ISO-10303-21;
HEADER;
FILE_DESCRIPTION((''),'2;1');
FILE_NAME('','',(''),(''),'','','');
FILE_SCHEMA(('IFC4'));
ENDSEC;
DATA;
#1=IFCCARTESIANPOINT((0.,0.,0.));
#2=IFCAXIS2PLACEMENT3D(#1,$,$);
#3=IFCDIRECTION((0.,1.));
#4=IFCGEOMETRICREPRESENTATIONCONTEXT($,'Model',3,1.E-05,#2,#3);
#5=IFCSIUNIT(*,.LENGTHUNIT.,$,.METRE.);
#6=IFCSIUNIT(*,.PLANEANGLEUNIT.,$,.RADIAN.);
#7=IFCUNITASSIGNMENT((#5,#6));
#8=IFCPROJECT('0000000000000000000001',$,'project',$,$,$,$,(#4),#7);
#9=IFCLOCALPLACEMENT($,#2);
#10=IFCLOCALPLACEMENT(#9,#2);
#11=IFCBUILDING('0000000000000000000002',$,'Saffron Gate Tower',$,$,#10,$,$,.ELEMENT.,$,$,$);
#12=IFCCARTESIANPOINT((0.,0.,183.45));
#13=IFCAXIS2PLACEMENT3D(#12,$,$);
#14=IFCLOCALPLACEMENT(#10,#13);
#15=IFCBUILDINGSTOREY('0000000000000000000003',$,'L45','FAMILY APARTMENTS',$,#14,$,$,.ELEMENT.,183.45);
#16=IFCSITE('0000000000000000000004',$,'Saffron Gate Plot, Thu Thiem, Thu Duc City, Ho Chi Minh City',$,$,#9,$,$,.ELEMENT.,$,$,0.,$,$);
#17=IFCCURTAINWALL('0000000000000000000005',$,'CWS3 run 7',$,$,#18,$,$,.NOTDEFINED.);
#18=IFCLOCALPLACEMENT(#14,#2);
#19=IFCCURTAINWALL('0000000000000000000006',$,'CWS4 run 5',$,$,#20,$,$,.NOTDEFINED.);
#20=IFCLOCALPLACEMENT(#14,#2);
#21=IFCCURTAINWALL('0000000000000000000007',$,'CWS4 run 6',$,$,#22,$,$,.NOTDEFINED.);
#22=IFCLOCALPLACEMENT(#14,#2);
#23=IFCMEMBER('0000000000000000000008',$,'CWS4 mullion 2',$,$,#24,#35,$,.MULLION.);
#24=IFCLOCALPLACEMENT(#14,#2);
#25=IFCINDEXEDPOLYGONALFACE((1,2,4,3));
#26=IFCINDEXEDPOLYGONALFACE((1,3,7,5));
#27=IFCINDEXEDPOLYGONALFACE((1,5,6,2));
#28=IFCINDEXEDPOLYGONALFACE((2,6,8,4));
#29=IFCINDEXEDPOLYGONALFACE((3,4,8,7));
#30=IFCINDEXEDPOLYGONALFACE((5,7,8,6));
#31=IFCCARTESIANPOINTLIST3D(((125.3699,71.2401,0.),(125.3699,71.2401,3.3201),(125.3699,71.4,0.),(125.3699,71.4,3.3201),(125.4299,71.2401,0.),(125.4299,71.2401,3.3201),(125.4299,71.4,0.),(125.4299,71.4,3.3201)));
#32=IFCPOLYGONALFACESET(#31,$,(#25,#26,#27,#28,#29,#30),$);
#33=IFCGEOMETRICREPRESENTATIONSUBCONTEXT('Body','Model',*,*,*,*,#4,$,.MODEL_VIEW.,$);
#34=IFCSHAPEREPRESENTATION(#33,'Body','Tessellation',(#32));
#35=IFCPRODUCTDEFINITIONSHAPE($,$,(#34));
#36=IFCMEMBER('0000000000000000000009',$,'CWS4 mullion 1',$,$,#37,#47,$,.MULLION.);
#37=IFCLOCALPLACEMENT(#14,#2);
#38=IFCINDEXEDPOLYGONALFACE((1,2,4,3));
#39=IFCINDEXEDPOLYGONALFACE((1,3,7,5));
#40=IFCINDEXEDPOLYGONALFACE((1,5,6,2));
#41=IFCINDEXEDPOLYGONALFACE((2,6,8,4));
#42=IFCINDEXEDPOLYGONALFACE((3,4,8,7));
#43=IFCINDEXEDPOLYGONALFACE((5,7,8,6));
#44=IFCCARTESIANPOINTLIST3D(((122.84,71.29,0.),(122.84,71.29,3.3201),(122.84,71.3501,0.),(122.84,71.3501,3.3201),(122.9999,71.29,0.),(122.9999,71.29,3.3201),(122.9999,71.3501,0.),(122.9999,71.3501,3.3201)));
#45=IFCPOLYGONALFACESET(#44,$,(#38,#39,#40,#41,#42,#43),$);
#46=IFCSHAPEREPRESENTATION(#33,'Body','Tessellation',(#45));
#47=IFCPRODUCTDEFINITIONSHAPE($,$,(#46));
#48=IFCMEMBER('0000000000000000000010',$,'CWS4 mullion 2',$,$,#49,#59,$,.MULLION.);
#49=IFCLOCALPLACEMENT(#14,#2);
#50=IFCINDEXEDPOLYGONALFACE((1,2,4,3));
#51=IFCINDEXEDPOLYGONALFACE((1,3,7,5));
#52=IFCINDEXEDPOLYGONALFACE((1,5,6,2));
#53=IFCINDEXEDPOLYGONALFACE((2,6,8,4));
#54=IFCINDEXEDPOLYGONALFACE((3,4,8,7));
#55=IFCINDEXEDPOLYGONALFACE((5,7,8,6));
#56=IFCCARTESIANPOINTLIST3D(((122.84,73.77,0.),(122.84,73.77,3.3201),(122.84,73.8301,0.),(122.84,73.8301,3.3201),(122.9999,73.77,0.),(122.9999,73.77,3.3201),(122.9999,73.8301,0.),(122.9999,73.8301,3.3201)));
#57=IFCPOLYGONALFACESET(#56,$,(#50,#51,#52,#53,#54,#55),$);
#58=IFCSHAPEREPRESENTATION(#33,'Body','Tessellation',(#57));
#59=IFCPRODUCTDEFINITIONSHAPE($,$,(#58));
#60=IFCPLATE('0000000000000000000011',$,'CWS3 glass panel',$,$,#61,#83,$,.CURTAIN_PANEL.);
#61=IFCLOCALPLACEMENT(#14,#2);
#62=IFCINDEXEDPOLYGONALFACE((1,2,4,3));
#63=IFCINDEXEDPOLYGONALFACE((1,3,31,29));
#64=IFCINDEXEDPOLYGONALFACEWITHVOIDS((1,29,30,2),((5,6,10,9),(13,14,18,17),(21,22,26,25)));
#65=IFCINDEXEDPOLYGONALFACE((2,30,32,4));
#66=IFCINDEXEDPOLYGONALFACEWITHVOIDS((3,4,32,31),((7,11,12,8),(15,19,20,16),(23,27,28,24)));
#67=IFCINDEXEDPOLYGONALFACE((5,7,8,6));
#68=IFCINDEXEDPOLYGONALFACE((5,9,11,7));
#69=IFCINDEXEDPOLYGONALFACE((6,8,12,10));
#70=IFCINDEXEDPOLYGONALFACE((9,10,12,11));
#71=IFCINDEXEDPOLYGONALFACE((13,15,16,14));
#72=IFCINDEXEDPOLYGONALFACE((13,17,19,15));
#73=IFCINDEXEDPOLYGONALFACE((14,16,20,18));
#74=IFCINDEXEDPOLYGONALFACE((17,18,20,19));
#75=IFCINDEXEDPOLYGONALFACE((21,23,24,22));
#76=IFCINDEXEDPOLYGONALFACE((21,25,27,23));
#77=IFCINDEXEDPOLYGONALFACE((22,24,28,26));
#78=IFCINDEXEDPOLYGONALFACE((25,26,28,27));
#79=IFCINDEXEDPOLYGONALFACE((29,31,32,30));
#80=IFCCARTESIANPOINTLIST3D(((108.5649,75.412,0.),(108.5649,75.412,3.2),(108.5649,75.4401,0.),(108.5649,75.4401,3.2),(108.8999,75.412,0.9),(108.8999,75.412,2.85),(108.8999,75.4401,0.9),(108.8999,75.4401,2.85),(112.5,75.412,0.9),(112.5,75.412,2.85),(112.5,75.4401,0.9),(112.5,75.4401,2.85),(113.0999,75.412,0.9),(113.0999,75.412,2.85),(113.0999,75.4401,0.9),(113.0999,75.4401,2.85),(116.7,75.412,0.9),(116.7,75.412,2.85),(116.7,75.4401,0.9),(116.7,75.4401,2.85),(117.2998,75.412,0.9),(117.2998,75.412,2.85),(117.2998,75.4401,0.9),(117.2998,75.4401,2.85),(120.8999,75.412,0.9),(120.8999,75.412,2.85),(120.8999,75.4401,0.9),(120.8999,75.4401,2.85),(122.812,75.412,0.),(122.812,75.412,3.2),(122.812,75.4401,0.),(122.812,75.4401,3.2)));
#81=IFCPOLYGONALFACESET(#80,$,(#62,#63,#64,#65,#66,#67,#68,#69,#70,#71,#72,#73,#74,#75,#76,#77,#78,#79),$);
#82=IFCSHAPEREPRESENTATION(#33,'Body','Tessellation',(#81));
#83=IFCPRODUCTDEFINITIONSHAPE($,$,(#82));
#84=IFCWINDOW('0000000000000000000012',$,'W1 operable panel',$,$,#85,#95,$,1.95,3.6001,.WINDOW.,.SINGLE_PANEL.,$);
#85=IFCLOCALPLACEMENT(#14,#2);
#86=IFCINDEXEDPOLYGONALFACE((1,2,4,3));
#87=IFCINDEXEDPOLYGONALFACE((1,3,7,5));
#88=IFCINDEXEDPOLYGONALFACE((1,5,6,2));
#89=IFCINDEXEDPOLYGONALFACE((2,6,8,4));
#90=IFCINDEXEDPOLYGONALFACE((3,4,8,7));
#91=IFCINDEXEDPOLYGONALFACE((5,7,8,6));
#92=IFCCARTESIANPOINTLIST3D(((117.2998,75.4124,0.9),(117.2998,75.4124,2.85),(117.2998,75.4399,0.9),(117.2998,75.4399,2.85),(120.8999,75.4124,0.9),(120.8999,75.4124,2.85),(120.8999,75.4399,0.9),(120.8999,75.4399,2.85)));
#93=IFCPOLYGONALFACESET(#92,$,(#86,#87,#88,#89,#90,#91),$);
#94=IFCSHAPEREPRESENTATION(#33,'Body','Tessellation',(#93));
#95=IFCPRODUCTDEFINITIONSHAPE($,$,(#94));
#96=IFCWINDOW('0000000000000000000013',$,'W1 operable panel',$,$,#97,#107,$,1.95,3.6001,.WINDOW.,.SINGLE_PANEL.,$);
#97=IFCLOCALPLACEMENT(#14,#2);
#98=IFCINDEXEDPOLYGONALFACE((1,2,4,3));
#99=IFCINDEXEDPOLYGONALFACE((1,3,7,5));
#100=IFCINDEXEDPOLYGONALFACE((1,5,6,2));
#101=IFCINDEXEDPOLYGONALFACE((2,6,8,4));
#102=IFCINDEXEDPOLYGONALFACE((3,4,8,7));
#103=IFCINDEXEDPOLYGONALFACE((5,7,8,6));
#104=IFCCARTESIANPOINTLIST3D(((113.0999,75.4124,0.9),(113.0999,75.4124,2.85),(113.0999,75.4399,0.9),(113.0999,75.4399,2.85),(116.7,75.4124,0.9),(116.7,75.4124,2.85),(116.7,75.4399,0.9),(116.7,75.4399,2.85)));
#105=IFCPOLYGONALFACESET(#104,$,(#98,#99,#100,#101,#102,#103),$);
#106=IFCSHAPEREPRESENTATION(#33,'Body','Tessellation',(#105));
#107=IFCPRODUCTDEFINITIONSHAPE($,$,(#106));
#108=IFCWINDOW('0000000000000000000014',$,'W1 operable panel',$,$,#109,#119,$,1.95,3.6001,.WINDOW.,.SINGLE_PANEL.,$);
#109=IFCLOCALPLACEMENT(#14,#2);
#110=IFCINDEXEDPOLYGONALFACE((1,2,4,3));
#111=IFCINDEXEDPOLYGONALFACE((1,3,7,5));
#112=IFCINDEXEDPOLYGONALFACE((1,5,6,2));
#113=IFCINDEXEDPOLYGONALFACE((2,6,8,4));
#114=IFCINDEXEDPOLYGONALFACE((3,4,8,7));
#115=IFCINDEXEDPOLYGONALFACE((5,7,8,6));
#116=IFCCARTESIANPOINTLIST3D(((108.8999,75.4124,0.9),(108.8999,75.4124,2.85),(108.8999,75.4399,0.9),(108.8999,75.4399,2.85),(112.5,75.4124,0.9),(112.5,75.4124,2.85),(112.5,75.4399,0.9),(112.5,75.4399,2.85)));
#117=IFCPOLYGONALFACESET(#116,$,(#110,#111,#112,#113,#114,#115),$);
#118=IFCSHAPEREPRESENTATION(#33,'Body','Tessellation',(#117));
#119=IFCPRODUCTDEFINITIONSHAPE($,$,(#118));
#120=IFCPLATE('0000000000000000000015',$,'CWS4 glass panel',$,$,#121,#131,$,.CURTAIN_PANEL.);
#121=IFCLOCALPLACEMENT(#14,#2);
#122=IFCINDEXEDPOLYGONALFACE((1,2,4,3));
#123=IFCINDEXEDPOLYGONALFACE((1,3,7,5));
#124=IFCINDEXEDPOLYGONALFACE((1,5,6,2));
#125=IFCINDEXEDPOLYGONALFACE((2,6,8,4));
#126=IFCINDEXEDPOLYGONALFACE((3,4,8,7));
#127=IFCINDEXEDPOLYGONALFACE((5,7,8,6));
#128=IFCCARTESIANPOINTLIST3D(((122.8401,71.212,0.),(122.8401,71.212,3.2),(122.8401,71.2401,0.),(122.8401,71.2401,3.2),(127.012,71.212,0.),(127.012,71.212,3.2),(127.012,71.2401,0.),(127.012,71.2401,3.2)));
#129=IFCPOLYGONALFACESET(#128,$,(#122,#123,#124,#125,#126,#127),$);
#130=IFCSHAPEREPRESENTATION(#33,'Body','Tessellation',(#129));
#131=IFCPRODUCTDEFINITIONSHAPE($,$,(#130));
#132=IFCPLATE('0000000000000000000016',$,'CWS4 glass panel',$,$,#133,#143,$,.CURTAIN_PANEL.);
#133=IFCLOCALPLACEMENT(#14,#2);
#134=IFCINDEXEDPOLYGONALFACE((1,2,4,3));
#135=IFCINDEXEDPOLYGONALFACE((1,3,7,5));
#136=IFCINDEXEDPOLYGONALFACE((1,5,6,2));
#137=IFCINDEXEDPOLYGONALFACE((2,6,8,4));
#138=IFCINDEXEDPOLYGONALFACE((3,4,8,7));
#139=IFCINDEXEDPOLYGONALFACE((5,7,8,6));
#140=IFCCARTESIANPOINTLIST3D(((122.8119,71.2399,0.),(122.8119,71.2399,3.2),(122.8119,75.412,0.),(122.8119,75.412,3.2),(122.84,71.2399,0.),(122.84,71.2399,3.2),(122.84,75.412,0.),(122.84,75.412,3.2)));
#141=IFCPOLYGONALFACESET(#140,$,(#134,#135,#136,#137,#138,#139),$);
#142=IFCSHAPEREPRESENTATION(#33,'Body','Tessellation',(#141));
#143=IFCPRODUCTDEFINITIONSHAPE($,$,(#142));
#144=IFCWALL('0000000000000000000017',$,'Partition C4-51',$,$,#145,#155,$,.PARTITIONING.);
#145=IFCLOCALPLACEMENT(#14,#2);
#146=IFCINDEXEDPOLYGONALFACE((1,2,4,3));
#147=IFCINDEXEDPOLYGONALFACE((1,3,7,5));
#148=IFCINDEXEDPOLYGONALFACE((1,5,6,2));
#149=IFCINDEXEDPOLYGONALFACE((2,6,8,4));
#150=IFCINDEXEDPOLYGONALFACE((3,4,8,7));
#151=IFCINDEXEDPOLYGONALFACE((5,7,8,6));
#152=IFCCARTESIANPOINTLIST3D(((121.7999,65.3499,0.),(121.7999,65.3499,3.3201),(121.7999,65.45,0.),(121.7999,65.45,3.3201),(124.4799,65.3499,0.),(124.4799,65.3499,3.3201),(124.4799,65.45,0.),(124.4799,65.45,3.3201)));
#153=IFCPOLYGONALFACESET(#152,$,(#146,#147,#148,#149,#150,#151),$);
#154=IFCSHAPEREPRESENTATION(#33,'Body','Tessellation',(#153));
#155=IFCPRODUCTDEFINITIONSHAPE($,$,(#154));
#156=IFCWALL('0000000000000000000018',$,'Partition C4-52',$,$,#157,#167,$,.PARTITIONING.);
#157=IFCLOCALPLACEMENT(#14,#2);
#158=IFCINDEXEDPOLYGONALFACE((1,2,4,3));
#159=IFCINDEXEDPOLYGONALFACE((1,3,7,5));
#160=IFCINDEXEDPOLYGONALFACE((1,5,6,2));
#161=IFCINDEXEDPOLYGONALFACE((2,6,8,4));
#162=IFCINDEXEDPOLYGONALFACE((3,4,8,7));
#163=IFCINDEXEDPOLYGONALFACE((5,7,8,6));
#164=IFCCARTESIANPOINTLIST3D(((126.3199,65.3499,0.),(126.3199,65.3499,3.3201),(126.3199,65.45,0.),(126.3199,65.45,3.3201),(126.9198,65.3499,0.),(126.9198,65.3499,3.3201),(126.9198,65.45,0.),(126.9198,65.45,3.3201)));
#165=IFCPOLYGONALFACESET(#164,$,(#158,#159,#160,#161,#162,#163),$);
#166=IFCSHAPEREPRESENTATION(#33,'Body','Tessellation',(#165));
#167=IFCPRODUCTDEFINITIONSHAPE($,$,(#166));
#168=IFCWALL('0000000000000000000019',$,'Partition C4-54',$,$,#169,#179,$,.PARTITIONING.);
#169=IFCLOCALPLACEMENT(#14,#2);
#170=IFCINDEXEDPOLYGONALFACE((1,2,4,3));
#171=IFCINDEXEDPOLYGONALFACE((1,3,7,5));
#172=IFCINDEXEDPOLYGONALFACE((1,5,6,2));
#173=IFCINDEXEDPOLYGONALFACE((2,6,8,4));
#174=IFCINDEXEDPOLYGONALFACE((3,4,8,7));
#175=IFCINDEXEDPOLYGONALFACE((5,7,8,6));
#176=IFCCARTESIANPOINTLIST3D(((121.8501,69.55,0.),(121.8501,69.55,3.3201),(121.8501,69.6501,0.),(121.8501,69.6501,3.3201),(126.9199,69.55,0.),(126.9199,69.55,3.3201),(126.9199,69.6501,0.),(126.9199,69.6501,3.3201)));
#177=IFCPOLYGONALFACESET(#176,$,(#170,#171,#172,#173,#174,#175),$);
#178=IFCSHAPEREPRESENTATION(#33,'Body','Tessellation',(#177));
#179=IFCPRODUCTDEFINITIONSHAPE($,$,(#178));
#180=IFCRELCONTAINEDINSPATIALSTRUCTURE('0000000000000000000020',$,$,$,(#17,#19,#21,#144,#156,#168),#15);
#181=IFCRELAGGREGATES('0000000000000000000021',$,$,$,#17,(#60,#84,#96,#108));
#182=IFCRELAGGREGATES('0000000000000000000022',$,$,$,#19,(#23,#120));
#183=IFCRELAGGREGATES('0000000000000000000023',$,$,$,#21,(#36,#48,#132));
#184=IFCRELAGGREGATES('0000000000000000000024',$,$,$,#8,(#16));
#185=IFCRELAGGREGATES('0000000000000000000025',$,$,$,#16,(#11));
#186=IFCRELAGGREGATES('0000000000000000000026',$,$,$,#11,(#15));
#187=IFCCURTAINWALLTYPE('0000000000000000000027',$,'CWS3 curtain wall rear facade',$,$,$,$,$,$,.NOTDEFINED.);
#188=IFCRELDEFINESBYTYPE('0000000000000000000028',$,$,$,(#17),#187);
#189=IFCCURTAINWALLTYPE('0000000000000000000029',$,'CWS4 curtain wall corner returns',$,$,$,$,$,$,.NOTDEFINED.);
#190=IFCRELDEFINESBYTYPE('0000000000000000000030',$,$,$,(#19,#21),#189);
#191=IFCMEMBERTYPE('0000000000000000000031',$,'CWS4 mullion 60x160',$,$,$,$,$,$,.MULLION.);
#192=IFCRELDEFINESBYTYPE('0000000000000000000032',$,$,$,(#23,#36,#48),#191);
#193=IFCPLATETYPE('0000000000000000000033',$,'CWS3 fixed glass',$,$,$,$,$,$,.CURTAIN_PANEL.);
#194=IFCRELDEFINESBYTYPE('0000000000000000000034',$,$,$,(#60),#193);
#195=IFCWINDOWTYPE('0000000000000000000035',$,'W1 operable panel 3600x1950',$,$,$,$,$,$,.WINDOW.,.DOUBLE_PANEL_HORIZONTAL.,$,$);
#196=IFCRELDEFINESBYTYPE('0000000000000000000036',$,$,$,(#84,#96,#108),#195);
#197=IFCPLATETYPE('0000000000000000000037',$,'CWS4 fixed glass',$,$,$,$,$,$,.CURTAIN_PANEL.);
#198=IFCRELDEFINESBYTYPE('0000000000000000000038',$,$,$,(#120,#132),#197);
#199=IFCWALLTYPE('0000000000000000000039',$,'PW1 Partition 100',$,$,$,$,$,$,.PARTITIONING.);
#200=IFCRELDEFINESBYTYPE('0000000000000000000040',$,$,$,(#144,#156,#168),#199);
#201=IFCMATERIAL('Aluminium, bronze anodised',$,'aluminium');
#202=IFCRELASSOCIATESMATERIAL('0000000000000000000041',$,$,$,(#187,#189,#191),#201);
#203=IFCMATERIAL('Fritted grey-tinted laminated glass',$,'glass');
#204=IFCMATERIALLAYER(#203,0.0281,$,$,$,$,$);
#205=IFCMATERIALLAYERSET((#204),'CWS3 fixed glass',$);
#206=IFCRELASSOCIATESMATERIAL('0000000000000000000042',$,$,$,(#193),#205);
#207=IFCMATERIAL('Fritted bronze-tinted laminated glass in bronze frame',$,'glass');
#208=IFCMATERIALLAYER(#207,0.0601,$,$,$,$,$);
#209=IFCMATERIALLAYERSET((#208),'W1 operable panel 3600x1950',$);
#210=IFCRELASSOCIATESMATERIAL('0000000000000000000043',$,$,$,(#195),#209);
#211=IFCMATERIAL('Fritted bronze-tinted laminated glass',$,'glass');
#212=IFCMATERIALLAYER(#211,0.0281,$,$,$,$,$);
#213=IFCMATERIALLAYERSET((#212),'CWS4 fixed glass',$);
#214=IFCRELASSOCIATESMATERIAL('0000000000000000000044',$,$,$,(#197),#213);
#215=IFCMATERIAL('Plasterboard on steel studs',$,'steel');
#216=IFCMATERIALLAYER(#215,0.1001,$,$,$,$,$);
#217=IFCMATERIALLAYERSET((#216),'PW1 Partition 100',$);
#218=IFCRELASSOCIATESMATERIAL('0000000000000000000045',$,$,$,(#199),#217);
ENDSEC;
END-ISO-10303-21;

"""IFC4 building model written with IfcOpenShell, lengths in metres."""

from ifc_helpers import new_model, si_unit, direction, frame, frame_2d, origin, origin_2d, place, context, subcontext, project, spatial, rectangle, extrude, material, layer, layer_set, material_profile, profile_set, type_object, element, fill, aggregate, save


model = new_model("IFC4")

# Units and contexts
model_context = context("Model", 3, precision=1e-05, world=origin(), true_north=direction((0.0, 1.0)))
body_context = subcontext(model_context, "Body", "Model", "MODEL_VIEW")
ifc_project = project(units=[si_unit("LENGTHUNIT", "METRE"), si_unit("PLANEANGLEUNIT", "RADIAN")], contexts=[model_context])

# Site, building, storey
site_placement = place(None, origin())
site = spatial("IfcSite", under=ifc_project, at=site_placement, Name="Saffron Gate Plot, Thu Thiem, Thu Duc City, Ho Chi Minh City", CompositionType="ELEMENT", RefElevation=0.0)
building_placement = place(site_placement, origin())
building = spatial("IfcBuilding", under=site, at=building_placement, Name="Saffron Gate Tower", CompositionType="ELEMENT")
storey_placement = place(building_placement, frame((0.0, 0.0, 183.45)))
storey = spatial("IfcBuildingStorey", under=building, at=storey_placement, Name="L45", Description="FAMILY APARTMENTS", CompositionType="ELEMENT", Elevation=183.45)

# Shared definitions
ifc_material_1 = material(Name="Aluminium, bronze anodised", Category="aluminium")

# Curtain wall
curtain_wall_type_1 = type_object("IfcCurtainWallType", Name="CWS3 curtain wall rear facade", PredefinedType="NOTDEFINED", material=ifc_material_1)
curtain_wall_1_placement = place(storey_placement, origin())
curtain_wall_1 = element("IfcCurtainWall", 1, at=curtain_wall_1_placement, inside=storey, type_object=curtain_wall_type_1, Name="CWS3 run 7", PredefinedType="NOTDEFINED")

# Curtain walls
curtain_wall_type_2 = type_object("IfcCurtainWallType", Name="CWS4 curtain wall corner returns", PredefinedType="NOTDEFINED", material=ifc_material_1)
curtain_wall_2_placement = place(storey_placement, origin())
curtain_wall_2 = element("IfcCurtainWall", 2, at=curtain_wall_2_placement, inside=storey, type_object=curtain_wall_type_2, Name="CWS4 run 5", PredefinedType="NOTDEFINED")
curtain_wall_3_placement = place(storey_placement, origin())
curtain_wall_3 = element("IfcCurtainWall", 3, at=curtain_wall_3_placement, inside=storey, type_object=curtain_wall_type_2, Name="CWS4 run 6", PredefinedType="NOTDEFINED")

# Members
ifc_material_profile_1 = material_profile(ifc_material_1, rectangle(XDim=0.1599, YDim=0.0601, at=origin_2d()))
ifc_profile_set_1 = profile_set([ifc_material_profile_1], Name="Aluminium, bronze anodised")
member_type_1 = type_object("IfcMemberType", Name="CWS4 mullion 60x160", PredefinedType="MULLION", material=ifc_profile_set_1)
member_1_placement = place(storey_placement, frame((125.3999, 71.3201, 0.0), z_axis=(0.0, 0.0, 1.0), x_axis=(0.0, -1.0, 0.0)))
member_1 = element("IfcMember", 4, at=member_1_placement, type_object=member_type_1, Name="CWS4 mullion 2", PredefinedType="MULLION", context=body_context, shape_type="SweptSolid", body=[
    extrude(rectangle(XDim=0.1599, YDim=0.0601, at=origin_2d()), origin(), (0.0, 0.0, 1.0), 3.3201),
])
member_2_placement = place(storey_placement, frame((122.9199, 71.3201, 0.0), z_axis=(0.0, 0.0, 1.0), x_axis=(-1.0, 0.0, 0.0)))
member_2 = element("IfcMember", 5, at=member_2_placement, type_object=member_type_1, Name="CWS4 mullion 1", PredefinedType="MULLION", context=body_context, shape_type="SweptSolid", body=[
    extrude(rectangle(XDim=0.1599, YDim=0.0601, at=origin_2d()), origin(), (0.0, 0.0, 1.0), 3.3201),
])
member_3_placement = place(storey_placement, frame((122.9199, 73.8, 0.0), z_axis=(0.0, 0.0, 1.0), x_axis=(-1.0, 0.0, 0.0)))
member_3 = element("IfcMember", 6, at=member_3_placement, type_object=member_type_1, Name="CWS4 mullion 2", PredefinedType="MULLION", context=body_context, shape_type="SweptSolid", body=[
    extrude(rectangle(XDim=0.1599, YDim=0.0601, at=origin_2d()), origin(), (0.0, 0.0, 1.0), 3.3201),
])

# Plate, openings, windows
ifc_material_2 = material(Name="Fritted grey-tinted laminated glass", Category="glass")
ifc_layer_1 = layer(ifc_material_2, 0.0281)
ifc_layer_set_1 = layer_set([ifc_layer_1], Name="CWS3 fixed glass")
plate_type_1 = type_object("IfcPlateType", Name="CWS3 fixed glass", PredefinedType="CURTAIN_PANEL", material=ifc_layer_set_1)
plate_1_placement = place(storey_placement, frame((122.812, 75.426, 0.0), z_axis=(0.0, 0.0, 1.0), x_axis=(-1.0, 0.0, 0.0)))
plate_1 = element("IfcPlate", 7, at=plate_1_placement, type_object=plate_type_1, Name="CWS3 glass panel", PredefinedType="CURTAIN_PANEL", context=body_context, shape_type="SweptSolid", body=[
    extrude(rectangle(XDim=14.2471, YDim=0.0281, at=frame_2d((7.1235, 0.0))), origin(), (0.0, 0.0, 1.0), 3.2),
])
opening_1_placement = place(plate_1_placement, frame((1.9121, 0.0, 0.8999)))
opening_1 = element("IfcOpeningElement", 8, at=opening_1_placement, cuts=plate_1, PredefinedType="OPENING", context=body_context, shape_type="SweptSolid", body=[
    extrude(rectangle(XDim=3.6001, YDim=1.95, at=frame_2d((1.8, 0.9751))), frame((0.0, 0.0239, 0.0), z_axis=(0.0, -1.0, 0.0), x_axis=(1.0, 0.0, 0.0)), (0.0, 0.0, 1.0), 0.0481),
])
opening_2_placement = place(plate_1_placement, frame((6.1121, 0.0, 0.8999)))
opening_2 = element("IfcOpeningElement", 9, at=opening_2_placement, cuts=plate_1, PredefinedType="OPENING", context=body_context, shape_type="SweptSolid", body=[
    extrude(rectangle(XDim=3.6001, YDim=1.95, at=frame_2d((1.8, 0.9751))), frame((0.0, 0.0239, 0.0), z_axis=(0.0, -1.0, 0.0), x_axis=(1.0, 0.0, 0.0)), (0.0, 0.0, 1.0), 0.0481),
])
opening_3_placement = place(plate_1_placement, frame((10.312, 0.0, 0.8999)))
opening_3 = element("IfcOpeningElement", 10, at=opening_3_placement, cuts=plate_1, PredefinedType="OPENING", context=body_context, shape_type="SweptSolid", body=[
    extrude(rectangle(XDim=3.6001, YDim=1.95, at=frame_2d((1.8, 0.9751))), frame((0.0, 0.0239, 0.0), z_axis=(0.0, -1.0, 0.0), x_axis=(1.0, 0.0, 0.0)), (0.0, 0.0, 1.0), 0.0481),
])
ifc_material_3 = material(Name="Fritted bronze-tinted laminated glass in bronze frame", Category="glass")
ifc_layer_2 = layer(ifc_material_3, 0.0601)
ifc_layer_set_2 = layer_set([ifc_layer_2], Name="W1 operable panel 3600x1950")
window_type = type_object("IfcWindowType", Name="W1 operable panel 3600x1950", PartitioningType="DOUBLE_PANEL_HORIZONTAL", PredefinedType="WINDOW", material=ifc_layer_set_2)
window_1_placement = place(opening_1_placement, origin())
window_1 = element("IfcWindow", 11, at=window_1_placement, type_object=window_type, Name="W1 operable panel", OverallHeight=1.95, OverallWidth=3.6001, PartitioningType="SINGLE_PANEL", PredefinedType="WINDOW", context=body_context, shape_type="SweptSolid", body=[
    extrude(rectangle(XDim=3.6001, YDim=1.95, at=frame_2d((1.8, 0.9751))), frame((0.0, 0.0137, 0.0), z_axis=(0.0, -1.0, 0.0), x_axis=(1.0, 0.0, 0.0)), (0.0, 0.0, 1.0), 0.0276),
])
fill(opening_1, window_1)
window_2_placement = place(opening_2_placement, origin())
window_2 = element("IfcWindow", 12, at=window_2_placement, type_object=window_type, Name="W1 operable panel", OverallHeight=1.95, OverallWidth=3.6001, PartitioningType="SINGLE_PANEL", PredefinedType="WINDOW", context=body_context, shape_type="SweptSolid", body=[
    extrude(rectangle(XDim=3.6001, YDim=1.95, at=frame_2d((1.8, 0.9751))), frame((0.0, 0.0137, 0.0), z_axis=(0.0, -1.0, 0.0), x_axis=(1.0, 0.0, 0.0)), (0.0, 0.0, 1.0), 0.0276),
])
fill(opening_2, window_2)
window_3_placement = place(opening_3_placement, origin())
window_3 = element("IfcWindow", 13, at=window_3_placement, type_object=window_type, Name="W1 operable panel", OverallHeight=1.95, OverallWidth=3.6001, PartitioningType="SINGLE_PANEL", PredefinedType="WINDOW", context=body_context, shape_type="SweptSolid", body=[
    extrude(rectangle(XDim=3.6001, YDim=1.95, at=frame_2d((1.8, 0.9751))), frame((0.0, 0.0137, 0.0), z_axis=(0.0, -1.0, 0.0), x_axis=(1.0, 0.0, 0.0)), (0.0, 0.0, 1.0), 0.0276),
])
fill(opening_3, window_3)
aggregate(curtain_wall_1, [plate_1, window_1, window_2, window_3])

# Plates
ifc_material_4 = material(Name="Fritted bronze-tinted laminated glass", Category="glass")
ifc_layer_3 = layer(ifc_material_4, 0.0281)
ifc_layer_set_3 = layer_set([ifc_layer_3], Name="CWS4 fixed glass")
plate_type_2 = type_object("IfcPlateType", Name="CWS4 fixed glass", PredefinedType="CURTAIN_PANEL", material=ifc_layer_set_3)
plate_2_placement = place(storey_placement, frame((127.012, 71.2261, 0.0), z_axis=(0.0, 0.0, 1.0), x_axis=(-1.0, 0.0, 0.0)))
plate_2 = element("IfcPlate", 14, at=plate_2_placement, type_object=plate_type_2, Name="CWS4 glass panel", PredefinedType="CURTAIN_PANEL", context=body_context, shape_type="SweptSolid", body=[
    extrude(rectangle(XDim=4.1719, YDim=0.0281, at=frame_2d((2.0859, 0.0))), origin(), (0.0, 0.0, 1.0), 3.2),
])
aggregate(curtain_wall_2, [member_1, plate_2])
plate_3_placement = place(storey_placement, frame((122.8259, 71.24, 0.0), z_axis=(0.0, 0.0, 1.0), x_axis=(0.0, 1.0, 0.0)))
plate_3 = element("IfcPlate", 15, at=plate_3_placement, type_object=plate_type_2, Name="CWS4 glass panel", PredefinedType="CURTAIN_PANEL", context=body_context, shape_type="SweptSolid", body=[
    extrude(rectangle(XDim=4.1721, YDim=0.0281, at=frame_2d((2.0859, 0.0))), origin(), (0.0, 0.0, 1.0), 3.2),
])
aggregate(curtain_wall_3, [member_2, member_3, plate_3])

# Walls
ifc_material_5 = material(Name="Plasterboard on steel studs", Category="steel")
ifc_layer_4 = layer(ifc_material_5, 0.1001)
ifc_layer_set_4 = layer_set([ifc_layer_4], Name="PW1 Partition 100")
wall_type_1 = type_object("IfcWallType", Name="PW1 Partition 100", PredefinedType="PARTITIONING", material=ifc_layer_set_4)
wall_1_placement = place(storey_placement, frame((121.8, 65.3999, 0.0), z_axis=(0.0, 0.0, 1.0), x_axis=(1.0, 0.0, 0.0)))
element("IfcWall", 16, at=wall_1_placement, inside=storey, type_object=wall_type_1, Name="Partition C4-51", PredefinedType="PARTITIONING", context=body_context, shape_type="SweptSolid", body=[
    extrude(rectangle(XDim=2.6799, YDim=0.1001, at=frame_2d((1.3398, 0.0))), origin(), (0.0, 0.0, 1.0), 3.3201),
])
wall_2_placement = place(storey_placement, frame((126.3201, 65.3999, 0.0), z_axis=(0.0, 0.0, 1.0), x_axis=(1.0, 0.0, 0.0)))
element("IfcWall", 17, at=wall_2_placement, inside=storey, type_object=wall_type_1, Name="Partition C4-52", PredefinedType="PARTITIONING", context=body_context, shape_type="SweptSolid", body=[
    extrude(rectangle(XDim=0.5999, YDim=0.1001, at=frame_2d((0.2998, 0.0))), origin(), (0.0, 0.0, 1.0), 3.3201),
])
wall_3_placement = place(storey_placement, frame((121.8501, 69.6001, 0.0), z_axis=(0.0, 0.0, 1.0), x_axis=(1.0, 0.0, 0.0)))
element("IfcWall", 18, at=wall_3_placement, inside=storey, type_object=wall_type_1, Name="Partition C4-54", PredefinedType="PARTITIONING", context=body_context, shape_type="SweptSolid", body=[
    extrude(rectangle(XDim=5.0698, YDim=0.1001, at=frame_2d((2.5349, 0.0))), origin(), (0.0, 0.0, 1.0), 3.3201),
])

save(model, "model.ifc")
